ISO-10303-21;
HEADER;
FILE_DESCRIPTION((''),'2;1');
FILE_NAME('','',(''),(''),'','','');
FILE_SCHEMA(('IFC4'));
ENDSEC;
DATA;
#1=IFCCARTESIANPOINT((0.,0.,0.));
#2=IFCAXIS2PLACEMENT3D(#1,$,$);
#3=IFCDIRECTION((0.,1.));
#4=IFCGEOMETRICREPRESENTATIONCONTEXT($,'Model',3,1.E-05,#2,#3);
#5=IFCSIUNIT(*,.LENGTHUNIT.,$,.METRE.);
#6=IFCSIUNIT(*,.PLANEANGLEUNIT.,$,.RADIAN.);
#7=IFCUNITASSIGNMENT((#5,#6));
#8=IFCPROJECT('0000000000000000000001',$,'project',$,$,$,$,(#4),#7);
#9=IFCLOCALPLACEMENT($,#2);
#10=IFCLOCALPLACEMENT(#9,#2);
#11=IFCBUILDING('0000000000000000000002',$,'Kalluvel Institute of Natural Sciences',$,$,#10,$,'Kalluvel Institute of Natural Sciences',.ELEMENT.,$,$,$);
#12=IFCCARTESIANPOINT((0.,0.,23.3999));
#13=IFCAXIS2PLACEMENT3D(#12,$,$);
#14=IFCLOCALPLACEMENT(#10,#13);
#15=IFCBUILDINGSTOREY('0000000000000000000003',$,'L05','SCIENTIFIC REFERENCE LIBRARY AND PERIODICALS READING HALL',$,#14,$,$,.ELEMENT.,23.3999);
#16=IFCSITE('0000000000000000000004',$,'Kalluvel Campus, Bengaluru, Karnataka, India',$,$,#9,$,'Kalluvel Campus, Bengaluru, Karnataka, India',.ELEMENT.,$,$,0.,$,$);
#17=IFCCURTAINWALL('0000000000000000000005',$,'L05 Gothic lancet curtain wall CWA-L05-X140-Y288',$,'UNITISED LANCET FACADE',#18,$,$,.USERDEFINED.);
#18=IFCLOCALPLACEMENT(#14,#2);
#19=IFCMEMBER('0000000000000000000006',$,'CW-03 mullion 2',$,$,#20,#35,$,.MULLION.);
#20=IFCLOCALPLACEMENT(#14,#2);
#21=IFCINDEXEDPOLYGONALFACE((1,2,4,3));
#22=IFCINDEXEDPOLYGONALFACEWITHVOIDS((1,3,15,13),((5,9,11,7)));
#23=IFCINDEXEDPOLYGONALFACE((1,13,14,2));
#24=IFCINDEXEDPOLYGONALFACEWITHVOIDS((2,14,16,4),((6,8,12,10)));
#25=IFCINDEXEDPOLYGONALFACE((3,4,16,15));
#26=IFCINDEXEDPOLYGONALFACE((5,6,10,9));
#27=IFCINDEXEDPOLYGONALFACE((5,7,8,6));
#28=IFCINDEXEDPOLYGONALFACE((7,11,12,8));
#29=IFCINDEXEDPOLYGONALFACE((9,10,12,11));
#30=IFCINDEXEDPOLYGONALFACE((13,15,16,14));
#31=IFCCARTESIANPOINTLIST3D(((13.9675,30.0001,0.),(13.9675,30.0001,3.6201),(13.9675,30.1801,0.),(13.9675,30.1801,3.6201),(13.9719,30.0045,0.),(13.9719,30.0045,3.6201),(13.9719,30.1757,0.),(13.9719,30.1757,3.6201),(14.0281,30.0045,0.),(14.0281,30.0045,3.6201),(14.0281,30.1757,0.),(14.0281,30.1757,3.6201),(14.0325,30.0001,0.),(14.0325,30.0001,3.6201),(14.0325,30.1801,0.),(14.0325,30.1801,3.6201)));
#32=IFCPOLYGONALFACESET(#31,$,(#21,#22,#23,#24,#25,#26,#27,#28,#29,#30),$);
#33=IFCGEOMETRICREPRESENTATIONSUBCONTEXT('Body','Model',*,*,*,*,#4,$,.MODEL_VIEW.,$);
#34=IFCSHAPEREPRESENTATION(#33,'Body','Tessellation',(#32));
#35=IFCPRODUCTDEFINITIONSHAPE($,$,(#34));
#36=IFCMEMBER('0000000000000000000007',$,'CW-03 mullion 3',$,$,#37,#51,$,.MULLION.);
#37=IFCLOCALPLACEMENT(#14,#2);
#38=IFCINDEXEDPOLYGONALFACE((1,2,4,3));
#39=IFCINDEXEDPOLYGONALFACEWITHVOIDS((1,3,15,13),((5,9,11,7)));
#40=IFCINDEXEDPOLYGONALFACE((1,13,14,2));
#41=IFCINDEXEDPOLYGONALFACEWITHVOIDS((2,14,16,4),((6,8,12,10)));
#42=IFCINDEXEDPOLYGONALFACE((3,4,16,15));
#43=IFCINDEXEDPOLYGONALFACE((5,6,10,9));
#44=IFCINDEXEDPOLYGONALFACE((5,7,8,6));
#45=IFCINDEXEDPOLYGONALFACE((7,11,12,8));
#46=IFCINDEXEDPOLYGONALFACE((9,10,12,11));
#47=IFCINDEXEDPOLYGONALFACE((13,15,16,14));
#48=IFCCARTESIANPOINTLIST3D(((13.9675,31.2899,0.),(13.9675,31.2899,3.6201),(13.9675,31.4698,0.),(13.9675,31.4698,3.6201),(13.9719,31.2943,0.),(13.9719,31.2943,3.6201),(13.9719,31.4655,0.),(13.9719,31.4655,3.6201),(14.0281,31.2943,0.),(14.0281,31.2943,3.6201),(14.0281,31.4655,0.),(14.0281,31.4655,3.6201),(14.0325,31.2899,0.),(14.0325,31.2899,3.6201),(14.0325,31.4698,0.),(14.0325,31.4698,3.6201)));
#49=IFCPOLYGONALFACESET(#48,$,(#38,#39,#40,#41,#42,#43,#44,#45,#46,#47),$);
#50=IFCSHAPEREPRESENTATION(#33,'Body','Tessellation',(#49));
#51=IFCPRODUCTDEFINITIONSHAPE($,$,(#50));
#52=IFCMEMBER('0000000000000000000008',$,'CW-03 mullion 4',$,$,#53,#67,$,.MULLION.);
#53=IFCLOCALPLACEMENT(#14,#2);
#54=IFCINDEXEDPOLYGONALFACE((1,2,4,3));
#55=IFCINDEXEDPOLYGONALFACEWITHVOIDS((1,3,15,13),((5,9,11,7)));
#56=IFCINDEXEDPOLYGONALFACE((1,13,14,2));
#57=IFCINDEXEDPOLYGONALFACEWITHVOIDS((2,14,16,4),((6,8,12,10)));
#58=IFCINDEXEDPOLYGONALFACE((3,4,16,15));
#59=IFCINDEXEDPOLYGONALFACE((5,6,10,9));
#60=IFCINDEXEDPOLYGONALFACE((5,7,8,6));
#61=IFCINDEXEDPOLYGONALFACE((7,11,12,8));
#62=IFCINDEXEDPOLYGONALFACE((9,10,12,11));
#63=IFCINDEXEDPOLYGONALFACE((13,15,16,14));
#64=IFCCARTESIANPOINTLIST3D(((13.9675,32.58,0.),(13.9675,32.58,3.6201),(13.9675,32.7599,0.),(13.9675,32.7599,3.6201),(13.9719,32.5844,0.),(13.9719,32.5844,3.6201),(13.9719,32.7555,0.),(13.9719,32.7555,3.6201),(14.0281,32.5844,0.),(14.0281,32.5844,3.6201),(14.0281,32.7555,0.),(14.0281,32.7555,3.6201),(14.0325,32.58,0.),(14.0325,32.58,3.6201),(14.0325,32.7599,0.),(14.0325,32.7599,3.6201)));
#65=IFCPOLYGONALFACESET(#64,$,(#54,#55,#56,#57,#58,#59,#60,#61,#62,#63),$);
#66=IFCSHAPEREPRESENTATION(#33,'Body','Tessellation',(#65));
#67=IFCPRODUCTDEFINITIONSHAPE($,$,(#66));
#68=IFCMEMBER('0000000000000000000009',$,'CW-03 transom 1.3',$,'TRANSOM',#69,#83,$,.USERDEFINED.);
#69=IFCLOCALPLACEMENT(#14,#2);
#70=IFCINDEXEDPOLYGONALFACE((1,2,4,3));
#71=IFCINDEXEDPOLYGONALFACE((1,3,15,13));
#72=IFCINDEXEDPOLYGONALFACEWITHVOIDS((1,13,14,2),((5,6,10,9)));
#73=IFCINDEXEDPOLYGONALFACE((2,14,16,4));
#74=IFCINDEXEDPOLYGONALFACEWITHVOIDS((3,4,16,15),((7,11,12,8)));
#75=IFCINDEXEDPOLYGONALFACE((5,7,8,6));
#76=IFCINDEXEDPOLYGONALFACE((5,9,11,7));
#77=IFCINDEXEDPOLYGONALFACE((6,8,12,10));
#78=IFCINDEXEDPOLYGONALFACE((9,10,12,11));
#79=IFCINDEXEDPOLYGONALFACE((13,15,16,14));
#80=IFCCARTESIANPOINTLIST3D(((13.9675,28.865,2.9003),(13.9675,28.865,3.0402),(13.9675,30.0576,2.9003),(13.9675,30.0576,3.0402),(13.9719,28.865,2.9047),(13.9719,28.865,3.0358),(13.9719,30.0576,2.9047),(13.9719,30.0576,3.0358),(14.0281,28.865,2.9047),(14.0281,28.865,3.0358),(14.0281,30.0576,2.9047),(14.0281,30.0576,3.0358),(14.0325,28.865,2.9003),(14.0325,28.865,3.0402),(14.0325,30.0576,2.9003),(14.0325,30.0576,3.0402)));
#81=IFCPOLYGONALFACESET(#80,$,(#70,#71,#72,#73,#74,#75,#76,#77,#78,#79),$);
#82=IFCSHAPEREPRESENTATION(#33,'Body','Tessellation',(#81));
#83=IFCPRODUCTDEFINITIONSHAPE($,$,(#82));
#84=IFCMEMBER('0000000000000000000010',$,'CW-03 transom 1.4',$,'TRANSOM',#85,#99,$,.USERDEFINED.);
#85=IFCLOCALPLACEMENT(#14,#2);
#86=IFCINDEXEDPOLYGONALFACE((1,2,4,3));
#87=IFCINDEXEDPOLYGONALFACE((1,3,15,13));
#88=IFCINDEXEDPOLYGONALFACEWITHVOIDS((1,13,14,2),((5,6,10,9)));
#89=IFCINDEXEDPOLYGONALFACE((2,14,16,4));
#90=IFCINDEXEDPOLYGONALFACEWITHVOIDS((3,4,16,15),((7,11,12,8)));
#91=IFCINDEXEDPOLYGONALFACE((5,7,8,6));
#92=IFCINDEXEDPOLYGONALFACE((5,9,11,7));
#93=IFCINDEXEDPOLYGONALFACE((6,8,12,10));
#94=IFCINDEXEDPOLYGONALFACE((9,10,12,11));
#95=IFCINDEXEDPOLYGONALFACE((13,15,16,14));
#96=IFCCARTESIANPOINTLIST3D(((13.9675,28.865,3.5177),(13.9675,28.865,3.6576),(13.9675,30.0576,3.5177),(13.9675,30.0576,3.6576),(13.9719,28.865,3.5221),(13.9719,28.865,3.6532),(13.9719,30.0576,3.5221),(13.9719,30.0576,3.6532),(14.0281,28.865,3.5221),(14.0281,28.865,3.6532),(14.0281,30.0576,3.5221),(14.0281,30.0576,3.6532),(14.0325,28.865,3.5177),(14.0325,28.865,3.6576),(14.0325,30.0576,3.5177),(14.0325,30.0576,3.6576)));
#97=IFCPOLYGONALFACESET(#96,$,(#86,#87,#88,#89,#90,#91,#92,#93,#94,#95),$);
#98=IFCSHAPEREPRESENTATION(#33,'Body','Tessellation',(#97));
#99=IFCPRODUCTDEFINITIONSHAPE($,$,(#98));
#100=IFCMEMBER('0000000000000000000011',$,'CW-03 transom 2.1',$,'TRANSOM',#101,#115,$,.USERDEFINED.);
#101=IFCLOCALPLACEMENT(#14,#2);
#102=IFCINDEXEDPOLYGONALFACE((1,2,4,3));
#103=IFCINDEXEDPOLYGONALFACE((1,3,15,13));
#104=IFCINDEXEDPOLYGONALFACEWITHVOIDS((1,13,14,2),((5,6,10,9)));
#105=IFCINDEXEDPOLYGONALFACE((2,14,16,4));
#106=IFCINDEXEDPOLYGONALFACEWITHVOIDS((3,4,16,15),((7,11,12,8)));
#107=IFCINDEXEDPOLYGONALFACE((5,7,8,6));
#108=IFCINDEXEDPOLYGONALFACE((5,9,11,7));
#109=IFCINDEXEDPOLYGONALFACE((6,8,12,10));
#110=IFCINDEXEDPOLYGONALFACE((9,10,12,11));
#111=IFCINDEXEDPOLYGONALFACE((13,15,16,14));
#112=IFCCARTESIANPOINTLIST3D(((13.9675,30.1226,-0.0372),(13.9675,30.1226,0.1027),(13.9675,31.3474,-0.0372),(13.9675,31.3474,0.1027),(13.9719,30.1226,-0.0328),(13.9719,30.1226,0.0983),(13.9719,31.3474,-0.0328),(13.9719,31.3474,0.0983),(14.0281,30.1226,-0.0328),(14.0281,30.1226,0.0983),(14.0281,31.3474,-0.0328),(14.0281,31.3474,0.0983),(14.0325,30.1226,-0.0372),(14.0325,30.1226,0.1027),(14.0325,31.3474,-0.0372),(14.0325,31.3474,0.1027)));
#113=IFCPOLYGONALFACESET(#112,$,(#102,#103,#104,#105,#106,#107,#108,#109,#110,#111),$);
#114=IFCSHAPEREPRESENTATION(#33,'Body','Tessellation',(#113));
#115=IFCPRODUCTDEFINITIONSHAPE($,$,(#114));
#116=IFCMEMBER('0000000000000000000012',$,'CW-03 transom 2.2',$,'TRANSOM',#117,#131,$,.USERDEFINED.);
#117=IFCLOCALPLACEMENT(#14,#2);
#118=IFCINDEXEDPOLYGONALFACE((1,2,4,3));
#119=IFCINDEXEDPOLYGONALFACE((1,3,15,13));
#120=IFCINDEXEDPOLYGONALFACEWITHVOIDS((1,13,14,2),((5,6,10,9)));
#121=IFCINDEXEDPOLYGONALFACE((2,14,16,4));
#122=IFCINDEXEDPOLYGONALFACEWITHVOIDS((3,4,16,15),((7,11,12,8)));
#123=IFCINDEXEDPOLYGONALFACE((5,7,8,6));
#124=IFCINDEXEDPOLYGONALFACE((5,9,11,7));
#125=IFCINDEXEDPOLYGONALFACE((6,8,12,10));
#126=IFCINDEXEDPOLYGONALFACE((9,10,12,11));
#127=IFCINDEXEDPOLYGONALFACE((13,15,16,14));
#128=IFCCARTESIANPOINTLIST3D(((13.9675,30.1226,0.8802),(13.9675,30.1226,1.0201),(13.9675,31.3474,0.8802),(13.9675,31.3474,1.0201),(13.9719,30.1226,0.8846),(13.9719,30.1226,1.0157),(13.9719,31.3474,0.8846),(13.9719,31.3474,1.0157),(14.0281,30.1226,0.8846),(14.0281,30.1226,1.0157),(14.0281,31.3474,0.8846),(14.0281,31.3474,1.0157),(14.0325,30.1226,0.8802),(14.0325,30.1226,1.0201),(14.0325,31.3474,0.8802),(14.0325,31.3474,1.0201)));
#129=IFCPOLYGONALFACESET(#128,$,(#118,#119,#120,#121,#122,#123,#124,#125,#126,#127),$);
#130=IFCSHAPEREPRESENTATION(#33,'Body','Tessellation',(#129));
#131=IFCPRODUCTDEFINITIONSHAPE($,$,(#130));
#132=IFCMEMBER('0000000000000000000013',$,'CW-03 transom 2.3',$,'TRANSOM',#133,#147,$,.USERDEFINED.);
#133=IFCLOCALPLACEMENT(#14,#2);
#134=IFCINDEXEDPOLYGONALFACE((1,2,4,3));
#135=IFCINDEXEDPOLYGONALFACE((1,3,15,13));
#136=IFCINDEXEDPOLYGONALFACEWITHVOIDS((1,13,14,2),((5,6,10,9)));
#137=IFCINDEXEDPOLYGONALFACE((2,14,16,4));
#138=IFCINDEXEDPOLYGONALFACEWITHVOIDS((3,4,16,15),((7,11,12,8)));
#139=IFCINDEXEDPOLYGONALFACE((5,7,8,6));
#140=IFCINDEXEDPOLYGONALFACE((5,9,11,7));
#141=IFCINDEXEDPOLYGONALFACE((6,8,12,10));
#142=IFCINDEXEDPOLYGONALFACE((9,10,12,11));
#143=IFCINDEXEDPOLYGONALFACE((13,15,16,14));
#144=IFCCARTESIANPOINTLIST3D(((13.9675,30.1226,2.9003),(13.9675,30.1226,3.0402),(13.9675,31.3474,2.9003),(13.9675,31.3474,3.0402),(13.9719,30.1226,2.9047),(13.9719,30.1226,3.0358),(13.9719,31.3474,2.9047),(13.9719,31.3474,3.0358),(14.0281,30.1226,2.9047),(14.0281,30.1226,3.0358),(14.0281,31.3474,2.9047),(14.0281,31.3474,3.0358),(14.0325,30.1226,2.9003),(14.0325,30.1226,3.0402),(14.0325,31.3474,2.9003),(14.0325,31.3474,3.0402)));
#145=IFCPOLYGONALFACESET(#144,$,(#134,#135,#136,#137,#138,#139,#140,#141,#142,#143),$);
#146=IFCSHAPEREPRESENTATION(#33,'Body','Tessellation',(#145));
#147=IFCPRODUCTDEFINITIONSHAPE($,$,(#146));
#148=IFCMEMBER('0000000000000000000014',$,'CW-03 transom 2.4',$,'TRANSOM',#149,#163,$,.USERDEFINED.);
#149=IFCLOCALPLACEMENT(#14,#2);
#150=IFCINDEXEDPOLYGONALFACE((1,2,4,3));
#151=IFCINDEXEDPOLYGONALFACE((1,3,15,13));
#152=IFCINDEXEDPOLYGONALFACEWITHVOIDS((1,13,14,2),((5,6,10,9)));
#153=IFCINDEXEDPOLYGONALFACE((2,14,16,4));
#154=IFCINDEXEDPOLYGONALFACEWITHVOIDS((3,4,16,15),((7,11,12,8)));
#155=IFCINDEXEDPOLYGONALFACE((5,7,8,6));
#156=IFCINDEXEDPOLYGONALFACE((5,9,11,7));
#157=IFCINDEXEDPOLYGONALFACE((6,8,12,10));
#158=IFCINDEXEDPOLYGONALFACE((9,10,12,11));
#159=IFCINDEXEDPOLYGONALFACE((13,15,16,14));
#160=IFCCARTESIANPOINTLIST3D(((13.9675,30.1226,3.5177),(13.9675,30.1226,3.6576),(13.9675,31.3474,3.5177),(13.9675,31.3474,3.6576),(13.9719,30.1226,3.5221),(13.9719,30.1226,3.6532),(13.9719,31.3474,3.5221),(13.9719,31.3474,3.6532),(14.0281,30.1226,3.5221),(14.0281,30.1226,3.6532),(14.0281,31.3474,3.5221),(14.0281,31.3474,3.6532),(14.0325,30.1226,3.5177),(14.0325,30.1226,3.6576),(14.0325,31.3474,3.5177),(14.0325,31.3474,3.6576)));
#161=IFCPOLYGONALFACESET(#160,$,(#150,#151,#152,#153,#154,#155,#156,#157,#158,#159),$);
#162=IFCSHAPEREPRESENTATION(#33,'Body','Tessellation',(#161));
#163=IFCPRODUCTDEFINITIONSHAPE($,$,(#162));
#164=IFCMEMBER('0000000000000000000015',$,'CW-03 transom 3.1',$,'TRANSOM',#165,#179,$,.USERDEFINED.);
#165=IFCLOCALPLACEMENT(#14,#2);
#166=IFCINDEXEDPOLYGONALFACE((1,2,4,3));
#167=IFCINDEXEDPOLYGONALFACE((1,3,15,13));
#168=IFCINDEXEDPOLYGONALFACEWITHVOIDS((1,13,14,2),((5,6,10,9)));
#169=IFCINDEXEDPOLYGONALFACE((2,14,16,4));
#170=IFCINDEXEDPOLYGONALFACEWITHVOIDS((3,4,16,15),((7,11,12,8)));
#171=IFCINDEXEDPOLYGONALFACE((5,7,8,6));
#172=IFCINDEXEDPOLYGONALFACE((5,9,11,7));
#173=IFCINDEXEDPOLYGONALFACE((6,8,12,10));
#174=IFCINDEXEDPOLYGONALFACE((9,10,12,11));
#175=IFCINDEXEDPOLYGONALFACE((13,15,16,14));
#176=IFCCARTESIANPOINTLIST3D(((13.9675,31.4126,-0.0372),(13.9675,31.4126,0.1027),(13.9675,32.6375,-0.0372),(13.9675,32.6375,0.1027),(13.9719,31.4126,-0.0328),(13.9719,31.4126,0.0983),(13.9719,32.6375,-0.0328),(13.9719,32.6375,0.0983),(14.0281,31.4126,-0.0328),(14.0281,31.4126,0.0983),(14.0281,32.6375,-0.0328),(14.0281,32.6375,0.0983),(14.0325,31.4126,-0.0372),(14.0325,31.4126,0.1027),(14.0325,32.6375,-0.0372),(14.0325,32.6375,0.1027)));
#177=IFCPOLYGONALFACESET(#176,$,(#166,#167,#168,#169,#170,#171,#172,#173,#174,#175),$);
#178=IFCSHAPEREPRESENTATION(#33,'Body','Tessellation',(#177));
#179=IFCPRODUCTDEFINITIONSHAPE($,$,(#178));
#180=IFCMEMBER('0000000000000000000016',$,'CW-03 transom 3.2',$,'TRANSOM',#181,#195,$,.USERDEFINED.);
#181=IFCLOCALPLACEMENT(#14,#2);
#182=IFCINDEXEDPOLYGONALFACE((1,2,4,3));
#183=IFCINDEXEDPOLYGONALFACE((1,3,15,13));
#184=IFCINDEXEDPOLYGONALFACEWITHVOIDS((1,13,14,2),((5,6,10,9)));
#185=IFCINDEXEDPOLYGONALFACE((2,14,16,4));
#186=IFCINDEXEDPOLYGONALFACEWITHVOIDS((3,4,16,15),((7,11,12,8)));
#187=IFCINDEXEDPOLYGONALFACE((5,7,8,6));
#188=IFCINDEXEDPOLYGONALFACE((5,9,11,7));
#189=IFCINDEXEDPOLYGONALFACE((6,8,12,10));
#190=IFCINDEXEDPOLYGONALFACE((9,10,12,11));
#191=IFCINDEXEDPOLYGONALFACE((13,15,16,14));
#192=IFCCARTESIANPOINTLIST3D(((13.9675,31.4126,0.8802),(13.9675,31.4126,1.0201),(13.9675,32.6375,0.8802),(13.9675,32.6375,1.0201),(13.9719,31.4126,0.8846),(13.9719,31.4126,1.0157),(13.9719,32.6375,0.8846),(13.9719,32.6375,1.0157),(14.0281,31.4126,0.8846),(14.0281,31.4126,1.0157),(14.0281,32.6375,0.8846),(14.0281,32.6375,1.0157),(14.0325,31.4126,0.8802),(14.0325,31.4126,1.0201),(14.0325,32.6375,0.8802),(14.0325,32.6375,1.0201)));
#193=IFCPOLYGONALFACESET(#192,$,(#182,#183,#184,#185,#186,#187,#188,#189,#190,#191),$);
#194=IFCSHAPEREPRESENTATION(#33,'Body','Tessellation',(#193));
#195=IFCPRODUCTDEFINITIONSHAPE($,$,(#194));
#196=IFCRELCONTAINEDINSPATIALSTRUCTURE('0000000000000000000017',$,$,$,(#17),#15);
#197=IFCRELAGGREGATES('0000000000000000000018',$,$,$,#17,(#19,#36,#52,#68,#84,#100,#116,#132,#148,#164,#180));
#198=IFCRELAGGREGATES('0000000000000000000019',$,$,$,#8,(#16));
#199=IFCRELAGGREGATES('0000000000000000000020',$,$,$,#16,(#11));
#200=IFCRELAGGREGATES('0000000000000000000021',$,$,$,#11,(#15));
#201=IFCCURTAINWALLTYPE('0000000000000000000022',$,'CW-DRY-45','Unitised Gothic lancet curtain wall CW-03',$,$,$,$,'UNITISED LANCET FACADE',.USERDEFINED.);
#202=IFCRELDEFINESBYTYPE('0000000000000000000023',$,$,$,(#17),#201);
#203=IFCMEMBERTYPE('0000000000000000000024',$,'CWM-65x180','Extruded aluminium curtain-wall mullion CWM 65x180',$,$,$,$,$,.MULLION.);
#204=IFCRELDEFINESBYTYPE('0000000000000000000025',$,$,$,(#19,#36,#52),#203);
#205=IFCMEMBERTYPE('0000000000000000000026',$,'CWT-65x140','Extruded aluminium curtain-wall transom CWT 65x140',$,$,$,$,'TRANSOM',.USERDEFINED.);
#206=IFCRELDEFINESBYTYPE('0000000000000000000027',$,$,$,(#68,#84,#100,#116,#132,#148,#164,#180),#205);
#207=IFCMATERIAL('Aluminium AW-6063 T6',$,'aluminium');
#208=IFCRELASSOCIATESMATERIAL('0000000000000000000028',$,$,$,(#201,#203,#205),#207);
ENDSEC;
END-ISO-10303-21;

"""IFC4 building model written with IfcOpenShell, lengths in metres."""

from ifc_helpers import new_model, si_unit, direction, frame, origin, origin_2d, place, context, subcontext, project, spatial, hollow_rectangle, extrude, material, material_profile, profile_set, type_object, element, aggregate, save


model = new_model("IFC4")

# Units and contexts
model_context = context("Model", 3, precision=1e-05, world=origin(), true_north=direction((0.0, 1.0)))
body_context = subcontext(model_context, "Body", "Model", "MODEL_VIEW")
ifc_project = project(units=[si_unit("LENGTHUNIT", "METRE"), si_unit("PLANEANGLEUNIT", "RADIAN")], contexts=[model_context])

# Site, building, storey
site_placement = place(None, origin())
site = spatial("IfcSite", under=ifc_project, at=site_placement, Name="Kalluvel Campus, Bengaluru, Karnataka, India", LongName="Kalluvel Campus, Bengaluru, Karnataka, India", CompositionType="ELEMENT", RefElevation=0.0)
building_placement = place(site_placement, origin())
building = spatial("IfcBuilding", under=site, at=building_placement, Name="Kalluvel Institute of Natural Sciences", LongName="Kalluvel Institute of Natural Sciences", CompositionType="ELEMENT")
storey_placement = place(building_placement, frame((0.0, 0.0, 23.3999)))
storey = spatial("IfcBuildingStorey", under=building, at=storey_placement, Name="L05", Description="SCIENTIFIC REFERENCE LIBRARY AND PERIODICALS READING HALL", CompositionType="ELEMENT", Elevation=23.3999)

# Curtain wall, members
ifc_material_1 = material(Name="Aluminium AW-6063 T6", Category="aluminium")
curtain_wall_type = type_object("IfcCurtainWallType", Name="CW-DRY-45", Description="Unitised Gothic lancet curtain wall CW-03", ElementType="UNITISED LANCET FACADE", PredefinedType="USERDEFINED", material=ifc_material_1)
curtain_wall_placement = place(storey_placement, origin())
curtain_wall = element("IfcCurtainWall", 1, at=curtain_wall_placement, inside=storey, type_object=curtain_wall_type, Name="L05 Gothic lancet curtain wall CWA-L05-X140-Y288", ObjectType="UNITISED LANCET FACADE", PredefinedType="USERDEFINED")
ifc_material_profile_1 = material_profile(ifc_material_1, hollow_rectangle(XDim=0.0649, YDim=0.1799, WallThickness=0.0044, at=origin_2d()), Name="CWM 65x180")
ifc_profile_set_1 = profile_set([ifc_material_profile_1], Name="Aluminium AW-6063 T6")
member_type_1 = type_object("IfcMemberType", Name="CWM-65x180", Description="Extruded aluminium curtain-wall mullion CWM 65x180", PredefinedType="MULLION", material=ifc_profile_set_1)
member_1_placement = place(storey_placement, frame((14.0, 30.0901, 0.0), z_axis=(0.0, 0.0, 1.0), x_axis=(-1.0, 0.0, 0.0)))
member_1 = element("IfcMember", 2, at=member_1_placement, type_object=member_type_1, Name="CW-03 mullion 2", PredefinedType="MULLION", context=body_context, shape_type="SweptSolid", body=[
    extrude(hollow_rectangle(XDim=0.0649, YDim=0.1799, WallThickness=0.0044, at=origin_2d()), origin(), (0.0, 0.0, 1.0), 3.6201),
])
member_2_placement = place(storey_placement, frame((14.0, 31.3799, 0.0), z_axis=(0.0, 0.0, 1.0), x_axis=(-1.0, 0.0, 0.0)))
member_2 = element("IfcMember", 3, at=member_2_placement, type_object=member_type_1, Name="CW-03 mullion 3", PredefinedType="MULLION", context=body_context, shape_type="SweptSolid", body=[
    extrude(hollow_rectangle(XDim=0.0649, YDim=0.1799, WallThickness=0.0044, at=origin_2d()), origin(), (0.0, 0.0, 1.0), 3.6201),
])
member_3_placement = place(storey_placement, frame((14.0, 32.6699, 0.0), z_axis=(0.0, 0.0, 1.0), x_axis=(-1.0, 0.0, 0.0)))
member_3 = element("IfcMember", 4, at=member_3_placement, type_object=member_type_1, Name="CW-03 mullion 4", PredefinedType="MULLION", context=body_context, shape_type="SweptSolid", body=[
    extrude(hollow_rectangle(XDim=0.0649, YDim=0.1799, WallThickness=0.0044, at=origin_2d()), origin(), (0.0, 0.0, 1.0), 3.6201),
])
ifc_material_profile_2 = material_profile(ifc_material_1, hollow_rectangle(XDim=0.0649, YDim=0.1399, WallThickness=0.0044, at=origin_2d()), Name="CWT 65x140")
ifc_profile_set_2 = profile_set([ifc_material_profile_2], Name="Aluminium AW-6063 T6")
member_type_2 = type_object("IfcMemberType", Name="CWT-65x140", Description="Extruded aluminium curtain-wall transom CWT 65x140", ElementType="TRANSOM", PredefinedType="USERDEFINED", material=ifc_profile_set_2)
member_4_placement = place(storey_placement, frame((14.0, 28.865, 2.9702), z_axis=(0.0, 1.0, 0.0), x_axis=(-1.0, 0.0, 0.0)))
member_4 = element("IfcMember", 5, at=member_4_placement, type_object=member_type_2, Name="CW-03 transom 1.3", ObjectType="TRANSOM", PredefinedType="USERDEFINED", context=body_context, shape_type="SweptSolid", body=[
    extrude(hollow_rectangle(XDim=0.0649, YDim=0.1399, WallThickness=0.0044, at=origin_2d()), origin(), (0.0, 0.0, 1.0), 1.1926),
])
member_5_placement = place(storey_placement, frame((14.0, 28.865, 3.5876), z_axis=(0.0, 1.0, 0.0), x_axis=(-1.0, 0.0, 0.0)))
member_5 = element("IfcMember", 6, at=member_5_placement, type_object=member_type_2, Name="CW-03 transom 1.4", ObjectType="TRANSOM", PredefinedType="USERDEFINED", context=body_context, shape_type="SweptSolid", body=[
    extrude(hollow_rectangle(XDim=0.0649, YDim=0.1399, WallThickness=0.0044, at=origin_2d()), origin(), (0.0, 0.0, 1.0), 1.1926),
])
member_6_placement = place(storey_placement, frame((14.0, 30.1226, 0.0327), z_axis=(0.0, 1.0, 0.0), x_axis=(-1.0, 0.0, 0.0)))
member_6 = element("IfcMember", 7, at=member_6_placement, type_object=member_type_2, Name="CW-03 transom 2.1", ObjectType="TRANSOM", PredefinedType="USERDEFINED", context=body_context, shape_type="SweptSolid", body=[
    extrude(hollow_rectangle(XDim=0.0649, YDim=0.1399, WallThickness=0.0044, at=origin_2d()), origin(), (0.0, 0.0, 1.0), 1.2249),
])
member_7_placement = place(storey_placement, frame((14.0, 30.1226, 0.9502), z_axis=(0.0, 1.0, 0.0), x_axis=(-1.0, 0.0, 0.0)))
member_7 = element("IfcMember", 8, at=member_7_placement, type_object=member_type_2, Name="CW-03 transom 2.2", ObjectType="TRANSOM", PredefinedType="USERDEFINED", context=body_context, shape_type="SweptSolid", body=[
    extrude(hollow_rectangle(XDim=0.0649, YDim=0.1399, WallThickness=0.0044, at=origin_2d()), origin(), (0.0, 0.0, 1.0), 1.2249),
])
member_8_placement = place(storey_placement, frame((14.0, 30.1226, 2.9702), z_axis=(0.0, 1.0, 0.0), x_axis=(-1.0, 0.0, 0.0)))
member_8 = element("IfcMember", 9, at=member_8_placement, type_object=member_type_2, Name="CW-03 transom 2.3", ObjectType="TRANSOM", PredefinedType="USERDEFINED", context=body_context, shape_type="SweptSolid", body=[
    extrude(hollow_rectangle(XDim=0.0649, YDim=0.1399, WallThickness=0.0044, at=origin_2d()), origin(), (0.0, 0.0, 1.0), 1.2249),
])
member_9_placement = place(storey_placement, frame((14.0, 30.1226, 3.5876), z_axis=(0.0, 1.0, 0.0), x_axis=(-1.0, 0.0, 0.0)))
member_9 = element("IfcMember", 10, at=member_9_placement, type_object=member_type_2, Name="CW-03 transom 2.4", ObjectType="TRANSOM", PredefinedType="USERDEFINED", context=body_context, shape_type="SweptSolid", body=[
    extrude(hollow_rectangle(XDim=0.0649, YDim=0.1399, WallThickness=0.0044, at=origin_2d()), origin(), (0.0, 0.0, 1.0), 1.2249),
])
member_10_placement = place(storey_placement, frame((14.0, 31.4126, 0.0327), z_axis=(0.0, 1.0, 0.0), x_axis=(-1.0, 0.0, 0.0)))
member_10 = element("IfcMember", 11, at=member_10_placement, type_object=member_type_2, Name="CW-03 transom 3.1", ObjectType="TRANSOM", PredefinedType="USERDEFINED", context=body_context, shape_type="SweptSolid", body=[
    extrude(hollow_rectangle(XDim=0.0649, YDim=0.1399, WallThickness=0.0044, at=origin_2d()), origin(), (0.0, 0.0, 1.0), 1.2249),
])
member_11_placement = place(storey_placement, frame((14.0, 31.4126, 0.9502), z_axis=(0.0, 1.0, 0.0), x_axis=(-1.0, 0.0, 0.0)))
member_11 = element("IfcMember", 12, at=member_11_placement, type_object=member_type_2, Name="CW-03 transom 3.2", ObjectType="TRANSOM", PredefinedType="USERDEFINED", context=body_context, shape_type="SweptSolid", body=[
    extrude(hollow_rectangle(XDim=0.0649, YDim=0.1399, WallThickness=0.0044, at=origin_2d()), origin(), (0.0, 0.0, 1.0), 1.2249),
])

aggregate(curtain_wall, [member_1, member_2, member_3, member_4, member_5, member_6, member_7, member_8, member_9, member_10, member_11])

save(model, "model.ifc")
